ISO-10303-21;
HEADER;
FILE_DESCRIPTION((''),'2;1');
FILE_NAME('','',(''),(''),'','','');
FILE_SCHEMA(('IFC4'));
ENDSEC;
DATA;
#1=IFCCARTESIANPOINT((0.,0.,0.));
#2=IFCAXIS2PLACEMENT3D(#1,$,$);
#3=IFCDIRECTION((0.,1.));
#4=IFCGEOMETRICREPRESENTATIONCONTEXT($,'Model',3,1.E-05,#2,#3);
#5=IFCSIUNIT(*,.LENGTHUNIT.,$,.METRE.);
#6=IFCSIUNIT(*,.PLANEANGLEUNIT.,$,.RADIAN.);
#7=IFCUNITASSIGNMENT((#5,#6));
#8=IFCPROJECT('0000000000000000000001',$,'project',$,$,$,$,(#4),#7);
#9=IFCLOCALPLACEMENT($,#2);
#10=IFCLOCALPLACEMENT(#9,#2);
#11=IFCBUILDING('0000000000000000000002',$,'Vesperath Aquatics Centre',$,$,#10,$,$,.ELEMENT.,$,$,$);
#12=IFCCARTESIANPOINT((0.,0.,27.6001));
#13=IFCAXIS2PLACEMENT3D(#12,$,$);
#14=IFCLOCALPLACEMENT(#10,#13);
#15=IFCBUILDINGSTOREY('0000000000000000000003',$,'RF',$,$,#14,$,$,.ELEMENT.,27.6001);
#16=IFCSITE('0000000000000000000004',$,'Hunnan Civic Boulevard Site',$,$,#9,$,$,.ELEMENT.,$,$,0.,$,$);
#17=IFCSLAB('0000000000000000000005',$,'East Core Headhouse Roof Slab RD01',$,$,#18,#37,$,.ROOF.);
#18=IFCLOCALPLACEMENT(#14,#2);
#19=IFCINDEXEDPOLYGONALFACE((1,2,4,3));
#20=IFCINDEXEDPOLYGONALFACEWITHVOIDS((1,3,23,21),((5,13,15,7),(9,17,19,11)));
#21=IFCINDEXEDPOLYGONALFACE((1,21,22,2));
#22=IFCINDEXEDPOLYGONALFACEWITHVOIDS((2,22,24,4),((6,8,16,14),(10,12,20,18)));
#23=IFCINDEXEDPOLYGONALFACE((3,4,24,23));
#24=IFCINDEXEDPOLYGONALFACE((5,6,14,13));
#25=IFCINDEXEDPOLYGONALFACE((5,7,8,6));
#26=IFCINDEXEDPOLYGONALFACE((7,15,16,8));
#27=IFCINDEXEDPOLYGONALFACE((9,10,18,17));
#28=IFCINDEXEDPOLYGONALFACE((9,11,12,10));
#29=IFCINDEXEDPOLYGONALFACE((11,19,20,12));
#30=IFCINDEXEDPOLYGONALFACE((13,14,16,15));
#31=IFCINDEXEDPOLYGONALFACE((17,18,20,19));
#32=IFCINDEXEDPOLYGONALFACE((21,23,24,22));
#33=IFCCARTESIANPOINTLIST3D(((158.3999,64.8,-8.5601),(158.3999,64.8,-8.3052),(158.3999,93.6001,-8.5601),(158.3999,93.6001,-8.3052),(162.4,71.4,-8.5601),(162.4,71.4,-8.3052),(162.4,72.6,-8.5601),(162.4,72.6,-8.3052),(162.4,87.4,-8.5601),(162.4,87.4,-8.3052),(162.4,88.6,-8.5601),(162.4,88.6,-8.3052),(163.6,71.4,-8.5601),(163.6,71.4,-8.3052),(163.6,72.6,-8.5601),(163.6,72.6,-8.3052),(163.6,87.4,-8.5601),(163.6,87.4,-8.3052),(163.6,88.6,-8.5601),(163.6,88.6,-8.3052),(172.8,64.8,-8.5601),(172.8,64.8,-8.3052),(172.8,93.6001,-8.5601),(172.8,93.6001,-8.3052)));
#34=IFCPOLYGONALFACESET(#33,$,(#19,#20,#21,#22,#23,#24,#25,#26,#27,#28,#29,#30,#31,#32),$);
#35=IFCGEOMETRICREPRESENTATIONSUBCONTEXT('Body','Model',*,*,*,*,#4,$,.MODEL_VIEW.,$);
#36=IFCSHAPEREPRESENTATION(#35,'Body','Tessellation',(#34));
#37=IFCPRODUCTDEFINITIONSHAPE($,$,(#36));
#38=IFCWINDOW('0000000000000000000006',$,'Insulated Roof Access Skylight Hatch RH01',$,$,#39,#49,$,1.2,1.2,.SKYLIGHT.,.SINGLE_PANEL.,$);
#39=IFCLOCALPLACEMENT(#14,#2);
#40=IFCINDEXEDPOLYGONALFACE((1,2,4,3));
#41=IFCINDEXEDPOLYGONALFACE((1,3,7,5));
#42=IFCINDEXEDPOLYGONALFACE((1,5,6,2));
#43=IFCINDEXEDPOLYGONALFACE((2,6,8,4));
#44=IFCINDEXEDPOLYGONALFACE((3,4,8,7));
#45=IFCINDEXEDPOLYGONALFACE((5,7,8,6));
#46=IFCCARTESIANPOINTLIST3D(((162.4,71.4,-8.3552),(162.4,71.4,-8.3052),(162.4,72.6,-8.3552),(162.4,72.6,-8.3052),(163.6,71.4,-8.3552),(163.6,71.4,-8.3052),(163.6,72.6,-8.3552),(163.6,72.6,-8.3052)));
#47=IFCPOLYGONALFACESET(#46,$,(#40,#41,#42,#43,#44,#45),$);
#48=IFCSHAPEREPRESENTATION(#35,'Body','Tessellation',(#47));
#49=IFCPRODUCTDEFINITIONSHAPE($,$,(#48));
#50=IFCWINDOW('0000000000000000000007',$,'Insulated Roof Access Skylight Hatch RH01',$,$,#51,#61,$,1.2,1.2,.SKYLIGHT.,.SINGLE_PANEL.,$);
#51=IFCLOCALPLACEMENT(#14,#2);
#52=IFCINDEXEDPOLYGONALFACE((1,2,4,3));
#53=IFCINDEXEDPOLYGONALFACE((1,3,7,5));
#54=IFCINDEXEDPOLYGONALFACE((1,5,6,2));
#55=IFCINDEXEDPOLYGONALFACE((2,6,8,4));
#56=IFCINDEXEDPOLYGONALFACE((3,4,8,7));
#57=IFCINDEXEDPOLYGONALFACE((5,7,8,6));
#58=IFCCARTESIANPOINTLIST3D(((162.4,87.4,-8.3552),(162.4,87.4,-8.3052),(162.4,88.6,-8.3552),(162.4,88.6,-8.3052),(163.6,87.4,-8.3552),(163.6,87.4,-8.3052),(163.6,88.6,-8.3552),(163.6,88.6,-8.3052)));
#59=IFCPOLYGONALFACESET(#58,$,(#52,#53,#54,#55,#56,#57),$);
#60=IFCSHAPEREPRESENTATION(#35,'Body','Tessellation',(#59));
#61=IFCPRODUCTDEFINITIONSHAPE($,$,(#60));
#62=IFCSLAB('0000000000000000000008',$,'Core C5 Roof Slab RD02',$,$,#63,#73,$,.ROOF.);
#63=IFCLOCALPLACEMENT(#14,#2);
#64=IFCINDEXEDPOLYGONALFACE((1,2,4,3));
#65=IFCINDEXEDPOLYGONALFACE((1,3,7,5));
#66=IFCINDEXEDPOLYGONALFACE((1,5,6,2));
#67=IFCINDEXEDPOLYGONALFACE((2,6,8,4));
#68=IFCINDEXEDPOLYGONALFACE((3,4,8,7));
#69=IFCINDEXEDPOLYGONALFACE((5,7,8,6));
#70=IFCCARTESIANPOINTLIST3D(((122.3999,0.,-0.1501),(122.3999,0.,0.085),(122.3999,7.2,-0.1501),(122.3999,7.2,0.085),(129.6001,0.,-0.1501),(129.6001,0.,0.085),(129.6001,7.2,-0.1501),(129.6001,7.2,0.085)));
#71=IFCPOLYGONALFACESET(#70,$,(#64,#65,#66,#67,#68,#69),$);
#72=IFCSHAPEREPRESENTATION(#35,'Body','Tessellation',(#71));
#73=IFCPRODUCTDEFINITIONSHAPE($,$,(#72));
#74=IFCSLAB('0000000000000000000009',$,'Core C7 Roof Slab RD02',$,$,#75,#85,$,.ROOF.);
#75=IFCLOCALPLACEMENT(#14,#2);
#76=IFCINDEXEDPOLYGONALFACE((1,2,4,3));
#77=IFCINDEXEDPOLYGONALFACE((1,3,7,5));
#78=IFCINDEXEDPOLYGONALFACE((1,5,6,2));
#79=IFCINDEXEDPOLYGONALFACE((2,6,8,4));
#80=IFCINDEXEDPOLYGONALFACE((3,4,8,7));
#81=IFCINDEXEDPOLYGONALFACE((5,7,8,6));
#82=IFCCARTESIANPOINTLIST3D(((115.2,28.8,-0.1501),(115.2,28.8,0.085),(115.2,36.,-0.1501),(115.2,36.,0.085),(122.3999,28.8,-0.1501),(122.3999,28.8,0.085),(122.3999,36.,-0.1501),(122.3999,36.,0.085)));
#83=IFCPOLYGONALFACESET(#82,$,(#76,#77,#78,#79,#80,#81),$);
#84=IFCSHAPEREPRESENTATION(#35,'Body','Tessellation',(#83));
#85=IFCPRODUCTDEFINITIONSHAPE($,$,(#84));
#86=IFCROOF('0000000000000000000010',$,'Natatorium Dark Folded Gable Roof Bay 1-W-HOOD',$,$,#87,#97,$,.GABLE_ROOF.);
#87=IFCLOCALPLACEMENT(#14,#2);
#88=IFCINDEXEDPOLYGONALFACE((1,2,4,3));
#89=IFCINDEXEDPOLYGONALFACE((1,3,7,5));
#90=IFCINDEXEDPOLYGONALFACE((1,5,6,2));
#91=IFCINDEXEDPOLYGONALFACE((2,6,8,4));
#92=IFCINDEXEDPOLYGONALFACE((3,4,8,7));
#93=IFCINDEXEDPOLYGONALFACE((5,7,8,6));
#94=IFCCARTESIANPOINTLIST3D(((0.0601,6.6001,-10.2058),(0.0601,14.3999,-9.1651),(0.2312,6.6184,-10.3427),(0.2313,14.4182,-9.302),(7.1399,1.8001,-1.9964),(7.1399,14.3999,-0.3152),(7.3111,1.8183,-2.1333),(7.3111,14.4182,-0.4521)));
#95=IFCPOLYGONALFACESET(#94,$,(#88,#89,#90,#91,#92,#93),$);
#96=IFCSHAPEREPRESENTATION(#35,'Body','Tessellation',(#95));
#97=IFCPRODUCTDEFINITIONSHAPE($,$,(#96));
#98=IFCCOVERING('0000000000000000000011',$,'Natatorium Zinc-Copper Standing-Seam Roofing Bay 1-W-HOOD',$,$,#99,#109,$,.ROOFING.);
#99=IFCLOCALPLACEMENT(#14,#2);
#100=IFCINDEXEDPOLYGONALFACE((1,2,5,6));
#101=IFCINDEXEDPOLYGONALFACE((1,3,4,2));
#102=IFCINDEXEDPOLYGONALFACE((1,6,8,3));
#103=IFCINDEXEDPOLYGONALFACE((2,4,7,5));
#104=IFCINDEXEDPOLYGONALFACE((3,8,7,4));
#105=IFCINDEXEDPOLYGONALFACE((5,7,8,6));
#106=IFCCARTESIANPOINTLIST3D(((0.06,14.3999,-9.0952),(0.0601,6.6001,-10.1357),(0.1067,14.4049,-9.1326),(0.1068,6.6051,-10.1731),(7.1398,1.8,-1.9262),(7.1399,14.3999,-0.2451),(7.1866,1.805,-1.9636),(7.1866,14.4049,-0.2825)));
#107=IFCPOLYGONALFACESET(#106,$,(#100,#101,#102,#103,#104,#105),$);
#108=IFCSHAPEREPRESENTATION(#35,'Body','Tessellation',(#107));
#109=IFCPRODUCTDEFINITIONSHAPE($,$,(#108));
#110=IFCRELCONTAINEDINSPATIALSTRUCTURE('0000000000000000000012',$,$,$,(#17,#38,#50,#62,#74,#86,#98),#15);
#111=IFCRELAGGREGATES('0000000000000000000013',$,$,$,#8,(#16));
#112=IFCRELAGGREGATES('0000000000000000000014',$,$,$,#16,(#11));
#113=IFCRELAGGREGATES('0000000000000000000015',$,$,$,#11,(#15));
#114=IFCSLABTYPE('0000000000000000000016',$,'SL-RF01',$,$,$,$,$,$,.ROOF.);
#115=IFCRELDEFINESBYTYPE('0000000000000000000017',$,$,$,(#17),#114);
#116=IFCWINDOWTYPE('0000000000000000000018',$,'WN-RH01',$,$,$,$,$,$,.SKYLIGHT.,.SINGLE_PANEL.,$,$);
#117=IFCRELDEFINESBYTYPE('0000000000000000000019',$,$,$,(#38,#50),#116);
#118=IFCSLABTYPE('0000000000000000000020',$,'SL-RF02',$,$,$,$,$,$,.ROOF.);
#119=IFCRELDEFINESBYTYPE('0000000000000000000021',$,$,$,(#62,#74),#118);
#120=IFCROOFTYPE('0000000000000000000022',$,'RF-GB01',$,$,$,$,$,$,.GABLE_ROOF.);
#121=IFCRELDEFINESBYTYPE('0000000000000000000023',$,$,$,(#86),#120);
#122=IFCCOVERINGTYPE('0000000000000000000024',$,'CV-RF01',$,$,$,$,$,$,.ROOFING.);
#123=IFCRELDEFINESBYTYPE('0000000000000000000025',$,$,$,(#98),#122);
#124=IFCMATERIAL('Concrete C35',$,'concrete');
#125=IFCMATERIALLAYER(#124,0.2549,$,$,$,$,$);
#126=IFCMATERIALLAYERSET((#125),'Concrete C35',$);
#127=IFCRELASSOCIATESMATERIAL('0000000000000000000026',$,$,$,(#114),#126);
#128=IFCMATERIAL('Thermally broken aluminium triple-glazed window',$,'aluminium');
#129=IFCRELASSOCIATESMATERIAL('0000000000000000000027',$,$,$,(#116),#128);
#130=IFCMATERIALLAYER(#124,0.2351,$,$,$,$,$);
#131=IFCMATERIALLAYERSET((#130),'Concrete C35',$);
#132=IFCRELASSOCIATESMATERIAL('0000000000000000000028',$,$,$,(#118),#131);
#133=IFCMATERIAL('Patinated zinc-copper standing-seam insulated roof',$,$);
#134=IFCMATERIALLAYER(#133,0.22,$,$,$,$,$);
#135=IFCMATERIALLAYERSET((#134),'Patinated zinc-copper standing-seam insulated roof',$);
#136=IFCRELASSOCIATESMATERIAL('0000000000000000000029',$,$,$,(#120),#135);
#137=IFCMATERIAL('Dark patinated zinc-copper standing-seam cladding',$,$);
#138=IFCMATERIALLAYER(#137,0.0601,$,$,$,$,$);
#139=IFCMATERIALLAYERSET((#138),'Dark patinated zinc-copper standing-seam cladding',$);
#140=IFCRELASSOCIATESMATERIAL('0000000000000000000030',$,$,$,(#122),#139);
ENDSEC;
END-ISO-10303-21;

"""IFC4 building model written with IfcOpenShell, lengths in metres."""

from ifc_helpers import new_model, si_unit, direction, frame, origin, origin_2d, place, context, subcontext, project, spatial, polyline, rectangle, outline, extrude, material, layer, layer_set, type_object, element, fill, save


model = new_model("IFC4")

# Units and contexts
model_context = context("Model", 3, precision=1e-05, world=origin(), true_north=direction((0.0, 1.0)))
body_context = subcontext(model_context, "Body", "Model", "MODEL_VIEW")
ifc_project = project(units=[si_unit("LENGTHUNIT", "METRE"), si_unit("PLANEANGLEUNIT", "RADIAN")], contexts=[model_context])

# Site, building, storey
site_placement = place(None, origin())
site = spatial("IfcSite", under=ifc_project, at=site_placement, Name="Hunnan Civic Boulevard Site", CompositionType="ELEMENT", RefElevation=0.0)
building_placement = place(site_placement, origin())
building = spatial("IfcBuilding", under=site, at=building_placement, Name="Vesperath Aquatics Centre", CompositionType="ELEMENT")
storey_placement = place(building_placement, frame((0.0, 0.0, 27.6001)))
storey = spatial("IfcBuildingStorey", under=building, at=storey_placement, Name="RF", CompositionType="ELEMENT", Elevation=27.6001)

# Shared definitions
ifc_material_1 = material(Name="Concrete C35", Category="concrete")
ifc_layer_1 = layer(ifc_material_1, 0.2549)
ifc_layer_set_1 = layer_set([ifc_layer_1], Name="Concrete C35")
slab_type_1 = type_object("IfcSlabType", Name="SL-RF01", PredefinedType="ROOF", material=ifc_layer_set_1)

# Slab, openings, windows
ifc_material_2 = material(Name="Thermally broken aluminium triple-glazed window", Category="aluminium")
window_type_1 = type_object("IfcWindowType", Name="WN-RH01", PartitioningType="SINGLE_PANEL", PredefinedType="SKYLIGHT", material=ifc_material_2)
slab_1_placement = place(storey_placement, frame((0.0, 0.0, -8.5601)))
slab_1 = element("IfcSlab", 1, at=slab_1_placement, inside=storey, type_object=slab_type_1, Name="East Core Headhouse Roof Slab RD01", PredefinedType="ROOF", context=body_context, shape_type="SweptSolid", body=[
    extrude(outline(polyline([(158.3999, 64.8), (172.8, 64.8), (172.8, 93.6001), (158.3999, 93.6001), (158.3999, 64.8)])), origin(), (0.0, 0.0, 1.0), 0.2549),
])
opening_1_placement = place(slab_1_placement, frame((163.0, 72.0, -0.0149)))
opening_1 = element("IfcOpeningElement", 2, at=opening_1_placement, cuts=slab_1, PredefinedType="OPENING", context=body_context, shape_type="SweptSolid", body=[
    extrude(rectangle(XDim=1.2, YDim=1.2, at=origin_2d()), origin(), (0.0, 0.0, 1.0), 0.2847),
])
opening_2_placement = place(slab_1_placement, frame((163.0, 88.0, -0.0149)))
opening_2 = element("IfcOpeningElement", 3, at=opening_2_placement, cuts=slab_1, PredefinedType="OPENING", context=body_context, shape_type="SweptSolid", body=[
    extrude(rectangle(XDim=1.2, YDim=1.2, at=origin_2d()), origin(), (0.0, 0.0, 1.0), 0.2847),
])
window_1_placement = place(opening_1_placement, frame((0.0, 0.0, 0.2197)))
window_1 = element("IfcWindow", 4, at=window_1_placement, inside=storey, type_object=window_type_1, Name="Insulated Roof Access Skylight Hatch RH01", OverallHeight=1.2, OverallWidth=1.2, PartitioningType="SINGLE_PANEL", PredefinedType="SKYLIGHT", context=body_context, shape_type="SweptSolid", body=[
    extrude(rectangle(XDim=1.2, YDim=1.2, at=origin_2d()), origin(), (0.0, 0.0, 1.0), 0.05),
])
fill(opening_1, window_1)
window_2_placement = place(opening_2_placement, frame((0.0, 0.0, 0.2197)))
window_2 = element("IfcWindow", 5, at=window_2_placement, inside=storey, type_object=window_type_1, Name="Insulated Roof Access Skylight Hatch RH01", OverallHeight=1.2, OverallWidth=1.2, PartitioningType="SINGLE_PANEL", PredefinedType="SKYLIGHT", context=body_context, shape_type="SweptSolid", body=[
    extrude(rectangle(XDim=1.2, YDim=1.2, at=origin_2d()), origin(), (0.0, 0.0, 1.0), 0.05),
])
fill(opening_2, window_2)

# Slabs
ifc_layer_2 = layer(ifc_material_1, 0.2351)
ifc_layer_set_2 = layer_set([ifc_layer_2], Name="Concrete C35")
slab_type_2 = type_object("IfcSlabType", Name="SL-RF02", PredefinedType="ROOF", material=ifc_layer_set_2)
slab_2_placement = place(storey_placement, frame((0.0, 0.0, -0.1501)))
element("IfcSlab", 6, at=slab_2_placement, inside=storey, type_object=slab_type_2, Name="Core C5 Roof Slab RD02", PredefinedType="ROOF", context=body_context, shape_type="SweptSolid", body=[
    extrude(outline(polyline([(122.3999, 0.0), (129.6001, 0.0), (129.6001, 7.2), (122.3999, 7.2), (122.3999, 0.0)])), origin(), (0.0, 0.0, 1.0), 0.2351),
])
slab_3_placement = place(storey_placement, frame((0.0, 0.0, -0.1501)))
element("IfcSlab", 7, at=slab_3_placement, inside=storey, type_object=slab_type_2, Name="Core C7 Roof Slab RD02", PredefinedType="ROOF", context=body_context, shape_type="SweptSolid", body=[
    extrude(outline(polyline([(115.2, 28.8), (122.3999, 28.8), (122.3999, 36.0), (115.2, 36.0), (115.2, 28.8)])), origin(), (0.0, 0.0, 1.0), 0.2351),
])

# Roof
ifc_material_3 = material(Name="Patinated zinc-copper standing-seam insulated roof")
ifc_layer_3 = layer(ifc_material_3, 0.22)
ifc_layer_set_3 = layer_set([ifc_layer_3], Name="Patinated zinc-copper standing-seam insulated roof")
roof_type = type_object("IfcRoofType", Name="RF-GB01", PredefinedType="GABLE_ROOF", material=ifc_layer_set_3)
roof_placement = place(storey_placement, frame((0.0601, 6.6001, -10.2058), z_axis=(-0.778174, -0.083064, 0.622532), x_axis=(0.597164, -0.404869, 0.692442)))
element("IfcRoof", 8, at=roof_placement, inside=storey, type_object=roof_type, Name="Natatorium Dark Folded Gable Roof Bay 1-W-HOOD", PredefinedType="GABLE_ROOF", context=body_context, shape_type="SweptSolid", body=[
    extrude(outline(polyline([(0.0, 0.0), (11.8558, 0.0), (7.9186, 12.0864), (-2.4372, 7.482), (0.0, 0.0)])), origin(), (0.0, 0.0, -1.0), 0.22),
])

# Covering
ifc_material_4 = material(Name="Dark patinated zinc-copper standing-seam cladding")
ifc_layer_4 = layer(ifc_material_4, 0.0601)
ifc_layer_set_4 = layer_set([ifc_layer_4], Name="Dark patinated zinc-copper standing-seam cladding")
covering_type = type_object("IfcCoveringType", Name="CV-RF01", PredefinedType="ROOFING", material=ifc_layer_set_4)
covering_placement = place(storey_placement, frame((0.0601, 6.6001, -10.1357), z_axis=(-0.778178, -0.083056, 0.622528), x_axis=(0.597158, -0.40487, 0.692447)))
element("IfcCovering", 9, at=covering_placement, inside=storey, type_object=covering_type, Name="Natatorium Zinc-Copper Standing-Seam Roofing Bay 1-W-HOOD", PredefinedType="ROOFING", context=body_context, shape_type="SweptSolid", body=[
    extrude(outline(polyline([(0.0, 0.0), (11.8558, 0.0), (7.9186, 12.0864), (-2.4374, 7.4819), (0.0, 0.0)])), origin(), (0.0, 0.0, -1.0), 0.0601),
])

save(model, "model.ifc")
